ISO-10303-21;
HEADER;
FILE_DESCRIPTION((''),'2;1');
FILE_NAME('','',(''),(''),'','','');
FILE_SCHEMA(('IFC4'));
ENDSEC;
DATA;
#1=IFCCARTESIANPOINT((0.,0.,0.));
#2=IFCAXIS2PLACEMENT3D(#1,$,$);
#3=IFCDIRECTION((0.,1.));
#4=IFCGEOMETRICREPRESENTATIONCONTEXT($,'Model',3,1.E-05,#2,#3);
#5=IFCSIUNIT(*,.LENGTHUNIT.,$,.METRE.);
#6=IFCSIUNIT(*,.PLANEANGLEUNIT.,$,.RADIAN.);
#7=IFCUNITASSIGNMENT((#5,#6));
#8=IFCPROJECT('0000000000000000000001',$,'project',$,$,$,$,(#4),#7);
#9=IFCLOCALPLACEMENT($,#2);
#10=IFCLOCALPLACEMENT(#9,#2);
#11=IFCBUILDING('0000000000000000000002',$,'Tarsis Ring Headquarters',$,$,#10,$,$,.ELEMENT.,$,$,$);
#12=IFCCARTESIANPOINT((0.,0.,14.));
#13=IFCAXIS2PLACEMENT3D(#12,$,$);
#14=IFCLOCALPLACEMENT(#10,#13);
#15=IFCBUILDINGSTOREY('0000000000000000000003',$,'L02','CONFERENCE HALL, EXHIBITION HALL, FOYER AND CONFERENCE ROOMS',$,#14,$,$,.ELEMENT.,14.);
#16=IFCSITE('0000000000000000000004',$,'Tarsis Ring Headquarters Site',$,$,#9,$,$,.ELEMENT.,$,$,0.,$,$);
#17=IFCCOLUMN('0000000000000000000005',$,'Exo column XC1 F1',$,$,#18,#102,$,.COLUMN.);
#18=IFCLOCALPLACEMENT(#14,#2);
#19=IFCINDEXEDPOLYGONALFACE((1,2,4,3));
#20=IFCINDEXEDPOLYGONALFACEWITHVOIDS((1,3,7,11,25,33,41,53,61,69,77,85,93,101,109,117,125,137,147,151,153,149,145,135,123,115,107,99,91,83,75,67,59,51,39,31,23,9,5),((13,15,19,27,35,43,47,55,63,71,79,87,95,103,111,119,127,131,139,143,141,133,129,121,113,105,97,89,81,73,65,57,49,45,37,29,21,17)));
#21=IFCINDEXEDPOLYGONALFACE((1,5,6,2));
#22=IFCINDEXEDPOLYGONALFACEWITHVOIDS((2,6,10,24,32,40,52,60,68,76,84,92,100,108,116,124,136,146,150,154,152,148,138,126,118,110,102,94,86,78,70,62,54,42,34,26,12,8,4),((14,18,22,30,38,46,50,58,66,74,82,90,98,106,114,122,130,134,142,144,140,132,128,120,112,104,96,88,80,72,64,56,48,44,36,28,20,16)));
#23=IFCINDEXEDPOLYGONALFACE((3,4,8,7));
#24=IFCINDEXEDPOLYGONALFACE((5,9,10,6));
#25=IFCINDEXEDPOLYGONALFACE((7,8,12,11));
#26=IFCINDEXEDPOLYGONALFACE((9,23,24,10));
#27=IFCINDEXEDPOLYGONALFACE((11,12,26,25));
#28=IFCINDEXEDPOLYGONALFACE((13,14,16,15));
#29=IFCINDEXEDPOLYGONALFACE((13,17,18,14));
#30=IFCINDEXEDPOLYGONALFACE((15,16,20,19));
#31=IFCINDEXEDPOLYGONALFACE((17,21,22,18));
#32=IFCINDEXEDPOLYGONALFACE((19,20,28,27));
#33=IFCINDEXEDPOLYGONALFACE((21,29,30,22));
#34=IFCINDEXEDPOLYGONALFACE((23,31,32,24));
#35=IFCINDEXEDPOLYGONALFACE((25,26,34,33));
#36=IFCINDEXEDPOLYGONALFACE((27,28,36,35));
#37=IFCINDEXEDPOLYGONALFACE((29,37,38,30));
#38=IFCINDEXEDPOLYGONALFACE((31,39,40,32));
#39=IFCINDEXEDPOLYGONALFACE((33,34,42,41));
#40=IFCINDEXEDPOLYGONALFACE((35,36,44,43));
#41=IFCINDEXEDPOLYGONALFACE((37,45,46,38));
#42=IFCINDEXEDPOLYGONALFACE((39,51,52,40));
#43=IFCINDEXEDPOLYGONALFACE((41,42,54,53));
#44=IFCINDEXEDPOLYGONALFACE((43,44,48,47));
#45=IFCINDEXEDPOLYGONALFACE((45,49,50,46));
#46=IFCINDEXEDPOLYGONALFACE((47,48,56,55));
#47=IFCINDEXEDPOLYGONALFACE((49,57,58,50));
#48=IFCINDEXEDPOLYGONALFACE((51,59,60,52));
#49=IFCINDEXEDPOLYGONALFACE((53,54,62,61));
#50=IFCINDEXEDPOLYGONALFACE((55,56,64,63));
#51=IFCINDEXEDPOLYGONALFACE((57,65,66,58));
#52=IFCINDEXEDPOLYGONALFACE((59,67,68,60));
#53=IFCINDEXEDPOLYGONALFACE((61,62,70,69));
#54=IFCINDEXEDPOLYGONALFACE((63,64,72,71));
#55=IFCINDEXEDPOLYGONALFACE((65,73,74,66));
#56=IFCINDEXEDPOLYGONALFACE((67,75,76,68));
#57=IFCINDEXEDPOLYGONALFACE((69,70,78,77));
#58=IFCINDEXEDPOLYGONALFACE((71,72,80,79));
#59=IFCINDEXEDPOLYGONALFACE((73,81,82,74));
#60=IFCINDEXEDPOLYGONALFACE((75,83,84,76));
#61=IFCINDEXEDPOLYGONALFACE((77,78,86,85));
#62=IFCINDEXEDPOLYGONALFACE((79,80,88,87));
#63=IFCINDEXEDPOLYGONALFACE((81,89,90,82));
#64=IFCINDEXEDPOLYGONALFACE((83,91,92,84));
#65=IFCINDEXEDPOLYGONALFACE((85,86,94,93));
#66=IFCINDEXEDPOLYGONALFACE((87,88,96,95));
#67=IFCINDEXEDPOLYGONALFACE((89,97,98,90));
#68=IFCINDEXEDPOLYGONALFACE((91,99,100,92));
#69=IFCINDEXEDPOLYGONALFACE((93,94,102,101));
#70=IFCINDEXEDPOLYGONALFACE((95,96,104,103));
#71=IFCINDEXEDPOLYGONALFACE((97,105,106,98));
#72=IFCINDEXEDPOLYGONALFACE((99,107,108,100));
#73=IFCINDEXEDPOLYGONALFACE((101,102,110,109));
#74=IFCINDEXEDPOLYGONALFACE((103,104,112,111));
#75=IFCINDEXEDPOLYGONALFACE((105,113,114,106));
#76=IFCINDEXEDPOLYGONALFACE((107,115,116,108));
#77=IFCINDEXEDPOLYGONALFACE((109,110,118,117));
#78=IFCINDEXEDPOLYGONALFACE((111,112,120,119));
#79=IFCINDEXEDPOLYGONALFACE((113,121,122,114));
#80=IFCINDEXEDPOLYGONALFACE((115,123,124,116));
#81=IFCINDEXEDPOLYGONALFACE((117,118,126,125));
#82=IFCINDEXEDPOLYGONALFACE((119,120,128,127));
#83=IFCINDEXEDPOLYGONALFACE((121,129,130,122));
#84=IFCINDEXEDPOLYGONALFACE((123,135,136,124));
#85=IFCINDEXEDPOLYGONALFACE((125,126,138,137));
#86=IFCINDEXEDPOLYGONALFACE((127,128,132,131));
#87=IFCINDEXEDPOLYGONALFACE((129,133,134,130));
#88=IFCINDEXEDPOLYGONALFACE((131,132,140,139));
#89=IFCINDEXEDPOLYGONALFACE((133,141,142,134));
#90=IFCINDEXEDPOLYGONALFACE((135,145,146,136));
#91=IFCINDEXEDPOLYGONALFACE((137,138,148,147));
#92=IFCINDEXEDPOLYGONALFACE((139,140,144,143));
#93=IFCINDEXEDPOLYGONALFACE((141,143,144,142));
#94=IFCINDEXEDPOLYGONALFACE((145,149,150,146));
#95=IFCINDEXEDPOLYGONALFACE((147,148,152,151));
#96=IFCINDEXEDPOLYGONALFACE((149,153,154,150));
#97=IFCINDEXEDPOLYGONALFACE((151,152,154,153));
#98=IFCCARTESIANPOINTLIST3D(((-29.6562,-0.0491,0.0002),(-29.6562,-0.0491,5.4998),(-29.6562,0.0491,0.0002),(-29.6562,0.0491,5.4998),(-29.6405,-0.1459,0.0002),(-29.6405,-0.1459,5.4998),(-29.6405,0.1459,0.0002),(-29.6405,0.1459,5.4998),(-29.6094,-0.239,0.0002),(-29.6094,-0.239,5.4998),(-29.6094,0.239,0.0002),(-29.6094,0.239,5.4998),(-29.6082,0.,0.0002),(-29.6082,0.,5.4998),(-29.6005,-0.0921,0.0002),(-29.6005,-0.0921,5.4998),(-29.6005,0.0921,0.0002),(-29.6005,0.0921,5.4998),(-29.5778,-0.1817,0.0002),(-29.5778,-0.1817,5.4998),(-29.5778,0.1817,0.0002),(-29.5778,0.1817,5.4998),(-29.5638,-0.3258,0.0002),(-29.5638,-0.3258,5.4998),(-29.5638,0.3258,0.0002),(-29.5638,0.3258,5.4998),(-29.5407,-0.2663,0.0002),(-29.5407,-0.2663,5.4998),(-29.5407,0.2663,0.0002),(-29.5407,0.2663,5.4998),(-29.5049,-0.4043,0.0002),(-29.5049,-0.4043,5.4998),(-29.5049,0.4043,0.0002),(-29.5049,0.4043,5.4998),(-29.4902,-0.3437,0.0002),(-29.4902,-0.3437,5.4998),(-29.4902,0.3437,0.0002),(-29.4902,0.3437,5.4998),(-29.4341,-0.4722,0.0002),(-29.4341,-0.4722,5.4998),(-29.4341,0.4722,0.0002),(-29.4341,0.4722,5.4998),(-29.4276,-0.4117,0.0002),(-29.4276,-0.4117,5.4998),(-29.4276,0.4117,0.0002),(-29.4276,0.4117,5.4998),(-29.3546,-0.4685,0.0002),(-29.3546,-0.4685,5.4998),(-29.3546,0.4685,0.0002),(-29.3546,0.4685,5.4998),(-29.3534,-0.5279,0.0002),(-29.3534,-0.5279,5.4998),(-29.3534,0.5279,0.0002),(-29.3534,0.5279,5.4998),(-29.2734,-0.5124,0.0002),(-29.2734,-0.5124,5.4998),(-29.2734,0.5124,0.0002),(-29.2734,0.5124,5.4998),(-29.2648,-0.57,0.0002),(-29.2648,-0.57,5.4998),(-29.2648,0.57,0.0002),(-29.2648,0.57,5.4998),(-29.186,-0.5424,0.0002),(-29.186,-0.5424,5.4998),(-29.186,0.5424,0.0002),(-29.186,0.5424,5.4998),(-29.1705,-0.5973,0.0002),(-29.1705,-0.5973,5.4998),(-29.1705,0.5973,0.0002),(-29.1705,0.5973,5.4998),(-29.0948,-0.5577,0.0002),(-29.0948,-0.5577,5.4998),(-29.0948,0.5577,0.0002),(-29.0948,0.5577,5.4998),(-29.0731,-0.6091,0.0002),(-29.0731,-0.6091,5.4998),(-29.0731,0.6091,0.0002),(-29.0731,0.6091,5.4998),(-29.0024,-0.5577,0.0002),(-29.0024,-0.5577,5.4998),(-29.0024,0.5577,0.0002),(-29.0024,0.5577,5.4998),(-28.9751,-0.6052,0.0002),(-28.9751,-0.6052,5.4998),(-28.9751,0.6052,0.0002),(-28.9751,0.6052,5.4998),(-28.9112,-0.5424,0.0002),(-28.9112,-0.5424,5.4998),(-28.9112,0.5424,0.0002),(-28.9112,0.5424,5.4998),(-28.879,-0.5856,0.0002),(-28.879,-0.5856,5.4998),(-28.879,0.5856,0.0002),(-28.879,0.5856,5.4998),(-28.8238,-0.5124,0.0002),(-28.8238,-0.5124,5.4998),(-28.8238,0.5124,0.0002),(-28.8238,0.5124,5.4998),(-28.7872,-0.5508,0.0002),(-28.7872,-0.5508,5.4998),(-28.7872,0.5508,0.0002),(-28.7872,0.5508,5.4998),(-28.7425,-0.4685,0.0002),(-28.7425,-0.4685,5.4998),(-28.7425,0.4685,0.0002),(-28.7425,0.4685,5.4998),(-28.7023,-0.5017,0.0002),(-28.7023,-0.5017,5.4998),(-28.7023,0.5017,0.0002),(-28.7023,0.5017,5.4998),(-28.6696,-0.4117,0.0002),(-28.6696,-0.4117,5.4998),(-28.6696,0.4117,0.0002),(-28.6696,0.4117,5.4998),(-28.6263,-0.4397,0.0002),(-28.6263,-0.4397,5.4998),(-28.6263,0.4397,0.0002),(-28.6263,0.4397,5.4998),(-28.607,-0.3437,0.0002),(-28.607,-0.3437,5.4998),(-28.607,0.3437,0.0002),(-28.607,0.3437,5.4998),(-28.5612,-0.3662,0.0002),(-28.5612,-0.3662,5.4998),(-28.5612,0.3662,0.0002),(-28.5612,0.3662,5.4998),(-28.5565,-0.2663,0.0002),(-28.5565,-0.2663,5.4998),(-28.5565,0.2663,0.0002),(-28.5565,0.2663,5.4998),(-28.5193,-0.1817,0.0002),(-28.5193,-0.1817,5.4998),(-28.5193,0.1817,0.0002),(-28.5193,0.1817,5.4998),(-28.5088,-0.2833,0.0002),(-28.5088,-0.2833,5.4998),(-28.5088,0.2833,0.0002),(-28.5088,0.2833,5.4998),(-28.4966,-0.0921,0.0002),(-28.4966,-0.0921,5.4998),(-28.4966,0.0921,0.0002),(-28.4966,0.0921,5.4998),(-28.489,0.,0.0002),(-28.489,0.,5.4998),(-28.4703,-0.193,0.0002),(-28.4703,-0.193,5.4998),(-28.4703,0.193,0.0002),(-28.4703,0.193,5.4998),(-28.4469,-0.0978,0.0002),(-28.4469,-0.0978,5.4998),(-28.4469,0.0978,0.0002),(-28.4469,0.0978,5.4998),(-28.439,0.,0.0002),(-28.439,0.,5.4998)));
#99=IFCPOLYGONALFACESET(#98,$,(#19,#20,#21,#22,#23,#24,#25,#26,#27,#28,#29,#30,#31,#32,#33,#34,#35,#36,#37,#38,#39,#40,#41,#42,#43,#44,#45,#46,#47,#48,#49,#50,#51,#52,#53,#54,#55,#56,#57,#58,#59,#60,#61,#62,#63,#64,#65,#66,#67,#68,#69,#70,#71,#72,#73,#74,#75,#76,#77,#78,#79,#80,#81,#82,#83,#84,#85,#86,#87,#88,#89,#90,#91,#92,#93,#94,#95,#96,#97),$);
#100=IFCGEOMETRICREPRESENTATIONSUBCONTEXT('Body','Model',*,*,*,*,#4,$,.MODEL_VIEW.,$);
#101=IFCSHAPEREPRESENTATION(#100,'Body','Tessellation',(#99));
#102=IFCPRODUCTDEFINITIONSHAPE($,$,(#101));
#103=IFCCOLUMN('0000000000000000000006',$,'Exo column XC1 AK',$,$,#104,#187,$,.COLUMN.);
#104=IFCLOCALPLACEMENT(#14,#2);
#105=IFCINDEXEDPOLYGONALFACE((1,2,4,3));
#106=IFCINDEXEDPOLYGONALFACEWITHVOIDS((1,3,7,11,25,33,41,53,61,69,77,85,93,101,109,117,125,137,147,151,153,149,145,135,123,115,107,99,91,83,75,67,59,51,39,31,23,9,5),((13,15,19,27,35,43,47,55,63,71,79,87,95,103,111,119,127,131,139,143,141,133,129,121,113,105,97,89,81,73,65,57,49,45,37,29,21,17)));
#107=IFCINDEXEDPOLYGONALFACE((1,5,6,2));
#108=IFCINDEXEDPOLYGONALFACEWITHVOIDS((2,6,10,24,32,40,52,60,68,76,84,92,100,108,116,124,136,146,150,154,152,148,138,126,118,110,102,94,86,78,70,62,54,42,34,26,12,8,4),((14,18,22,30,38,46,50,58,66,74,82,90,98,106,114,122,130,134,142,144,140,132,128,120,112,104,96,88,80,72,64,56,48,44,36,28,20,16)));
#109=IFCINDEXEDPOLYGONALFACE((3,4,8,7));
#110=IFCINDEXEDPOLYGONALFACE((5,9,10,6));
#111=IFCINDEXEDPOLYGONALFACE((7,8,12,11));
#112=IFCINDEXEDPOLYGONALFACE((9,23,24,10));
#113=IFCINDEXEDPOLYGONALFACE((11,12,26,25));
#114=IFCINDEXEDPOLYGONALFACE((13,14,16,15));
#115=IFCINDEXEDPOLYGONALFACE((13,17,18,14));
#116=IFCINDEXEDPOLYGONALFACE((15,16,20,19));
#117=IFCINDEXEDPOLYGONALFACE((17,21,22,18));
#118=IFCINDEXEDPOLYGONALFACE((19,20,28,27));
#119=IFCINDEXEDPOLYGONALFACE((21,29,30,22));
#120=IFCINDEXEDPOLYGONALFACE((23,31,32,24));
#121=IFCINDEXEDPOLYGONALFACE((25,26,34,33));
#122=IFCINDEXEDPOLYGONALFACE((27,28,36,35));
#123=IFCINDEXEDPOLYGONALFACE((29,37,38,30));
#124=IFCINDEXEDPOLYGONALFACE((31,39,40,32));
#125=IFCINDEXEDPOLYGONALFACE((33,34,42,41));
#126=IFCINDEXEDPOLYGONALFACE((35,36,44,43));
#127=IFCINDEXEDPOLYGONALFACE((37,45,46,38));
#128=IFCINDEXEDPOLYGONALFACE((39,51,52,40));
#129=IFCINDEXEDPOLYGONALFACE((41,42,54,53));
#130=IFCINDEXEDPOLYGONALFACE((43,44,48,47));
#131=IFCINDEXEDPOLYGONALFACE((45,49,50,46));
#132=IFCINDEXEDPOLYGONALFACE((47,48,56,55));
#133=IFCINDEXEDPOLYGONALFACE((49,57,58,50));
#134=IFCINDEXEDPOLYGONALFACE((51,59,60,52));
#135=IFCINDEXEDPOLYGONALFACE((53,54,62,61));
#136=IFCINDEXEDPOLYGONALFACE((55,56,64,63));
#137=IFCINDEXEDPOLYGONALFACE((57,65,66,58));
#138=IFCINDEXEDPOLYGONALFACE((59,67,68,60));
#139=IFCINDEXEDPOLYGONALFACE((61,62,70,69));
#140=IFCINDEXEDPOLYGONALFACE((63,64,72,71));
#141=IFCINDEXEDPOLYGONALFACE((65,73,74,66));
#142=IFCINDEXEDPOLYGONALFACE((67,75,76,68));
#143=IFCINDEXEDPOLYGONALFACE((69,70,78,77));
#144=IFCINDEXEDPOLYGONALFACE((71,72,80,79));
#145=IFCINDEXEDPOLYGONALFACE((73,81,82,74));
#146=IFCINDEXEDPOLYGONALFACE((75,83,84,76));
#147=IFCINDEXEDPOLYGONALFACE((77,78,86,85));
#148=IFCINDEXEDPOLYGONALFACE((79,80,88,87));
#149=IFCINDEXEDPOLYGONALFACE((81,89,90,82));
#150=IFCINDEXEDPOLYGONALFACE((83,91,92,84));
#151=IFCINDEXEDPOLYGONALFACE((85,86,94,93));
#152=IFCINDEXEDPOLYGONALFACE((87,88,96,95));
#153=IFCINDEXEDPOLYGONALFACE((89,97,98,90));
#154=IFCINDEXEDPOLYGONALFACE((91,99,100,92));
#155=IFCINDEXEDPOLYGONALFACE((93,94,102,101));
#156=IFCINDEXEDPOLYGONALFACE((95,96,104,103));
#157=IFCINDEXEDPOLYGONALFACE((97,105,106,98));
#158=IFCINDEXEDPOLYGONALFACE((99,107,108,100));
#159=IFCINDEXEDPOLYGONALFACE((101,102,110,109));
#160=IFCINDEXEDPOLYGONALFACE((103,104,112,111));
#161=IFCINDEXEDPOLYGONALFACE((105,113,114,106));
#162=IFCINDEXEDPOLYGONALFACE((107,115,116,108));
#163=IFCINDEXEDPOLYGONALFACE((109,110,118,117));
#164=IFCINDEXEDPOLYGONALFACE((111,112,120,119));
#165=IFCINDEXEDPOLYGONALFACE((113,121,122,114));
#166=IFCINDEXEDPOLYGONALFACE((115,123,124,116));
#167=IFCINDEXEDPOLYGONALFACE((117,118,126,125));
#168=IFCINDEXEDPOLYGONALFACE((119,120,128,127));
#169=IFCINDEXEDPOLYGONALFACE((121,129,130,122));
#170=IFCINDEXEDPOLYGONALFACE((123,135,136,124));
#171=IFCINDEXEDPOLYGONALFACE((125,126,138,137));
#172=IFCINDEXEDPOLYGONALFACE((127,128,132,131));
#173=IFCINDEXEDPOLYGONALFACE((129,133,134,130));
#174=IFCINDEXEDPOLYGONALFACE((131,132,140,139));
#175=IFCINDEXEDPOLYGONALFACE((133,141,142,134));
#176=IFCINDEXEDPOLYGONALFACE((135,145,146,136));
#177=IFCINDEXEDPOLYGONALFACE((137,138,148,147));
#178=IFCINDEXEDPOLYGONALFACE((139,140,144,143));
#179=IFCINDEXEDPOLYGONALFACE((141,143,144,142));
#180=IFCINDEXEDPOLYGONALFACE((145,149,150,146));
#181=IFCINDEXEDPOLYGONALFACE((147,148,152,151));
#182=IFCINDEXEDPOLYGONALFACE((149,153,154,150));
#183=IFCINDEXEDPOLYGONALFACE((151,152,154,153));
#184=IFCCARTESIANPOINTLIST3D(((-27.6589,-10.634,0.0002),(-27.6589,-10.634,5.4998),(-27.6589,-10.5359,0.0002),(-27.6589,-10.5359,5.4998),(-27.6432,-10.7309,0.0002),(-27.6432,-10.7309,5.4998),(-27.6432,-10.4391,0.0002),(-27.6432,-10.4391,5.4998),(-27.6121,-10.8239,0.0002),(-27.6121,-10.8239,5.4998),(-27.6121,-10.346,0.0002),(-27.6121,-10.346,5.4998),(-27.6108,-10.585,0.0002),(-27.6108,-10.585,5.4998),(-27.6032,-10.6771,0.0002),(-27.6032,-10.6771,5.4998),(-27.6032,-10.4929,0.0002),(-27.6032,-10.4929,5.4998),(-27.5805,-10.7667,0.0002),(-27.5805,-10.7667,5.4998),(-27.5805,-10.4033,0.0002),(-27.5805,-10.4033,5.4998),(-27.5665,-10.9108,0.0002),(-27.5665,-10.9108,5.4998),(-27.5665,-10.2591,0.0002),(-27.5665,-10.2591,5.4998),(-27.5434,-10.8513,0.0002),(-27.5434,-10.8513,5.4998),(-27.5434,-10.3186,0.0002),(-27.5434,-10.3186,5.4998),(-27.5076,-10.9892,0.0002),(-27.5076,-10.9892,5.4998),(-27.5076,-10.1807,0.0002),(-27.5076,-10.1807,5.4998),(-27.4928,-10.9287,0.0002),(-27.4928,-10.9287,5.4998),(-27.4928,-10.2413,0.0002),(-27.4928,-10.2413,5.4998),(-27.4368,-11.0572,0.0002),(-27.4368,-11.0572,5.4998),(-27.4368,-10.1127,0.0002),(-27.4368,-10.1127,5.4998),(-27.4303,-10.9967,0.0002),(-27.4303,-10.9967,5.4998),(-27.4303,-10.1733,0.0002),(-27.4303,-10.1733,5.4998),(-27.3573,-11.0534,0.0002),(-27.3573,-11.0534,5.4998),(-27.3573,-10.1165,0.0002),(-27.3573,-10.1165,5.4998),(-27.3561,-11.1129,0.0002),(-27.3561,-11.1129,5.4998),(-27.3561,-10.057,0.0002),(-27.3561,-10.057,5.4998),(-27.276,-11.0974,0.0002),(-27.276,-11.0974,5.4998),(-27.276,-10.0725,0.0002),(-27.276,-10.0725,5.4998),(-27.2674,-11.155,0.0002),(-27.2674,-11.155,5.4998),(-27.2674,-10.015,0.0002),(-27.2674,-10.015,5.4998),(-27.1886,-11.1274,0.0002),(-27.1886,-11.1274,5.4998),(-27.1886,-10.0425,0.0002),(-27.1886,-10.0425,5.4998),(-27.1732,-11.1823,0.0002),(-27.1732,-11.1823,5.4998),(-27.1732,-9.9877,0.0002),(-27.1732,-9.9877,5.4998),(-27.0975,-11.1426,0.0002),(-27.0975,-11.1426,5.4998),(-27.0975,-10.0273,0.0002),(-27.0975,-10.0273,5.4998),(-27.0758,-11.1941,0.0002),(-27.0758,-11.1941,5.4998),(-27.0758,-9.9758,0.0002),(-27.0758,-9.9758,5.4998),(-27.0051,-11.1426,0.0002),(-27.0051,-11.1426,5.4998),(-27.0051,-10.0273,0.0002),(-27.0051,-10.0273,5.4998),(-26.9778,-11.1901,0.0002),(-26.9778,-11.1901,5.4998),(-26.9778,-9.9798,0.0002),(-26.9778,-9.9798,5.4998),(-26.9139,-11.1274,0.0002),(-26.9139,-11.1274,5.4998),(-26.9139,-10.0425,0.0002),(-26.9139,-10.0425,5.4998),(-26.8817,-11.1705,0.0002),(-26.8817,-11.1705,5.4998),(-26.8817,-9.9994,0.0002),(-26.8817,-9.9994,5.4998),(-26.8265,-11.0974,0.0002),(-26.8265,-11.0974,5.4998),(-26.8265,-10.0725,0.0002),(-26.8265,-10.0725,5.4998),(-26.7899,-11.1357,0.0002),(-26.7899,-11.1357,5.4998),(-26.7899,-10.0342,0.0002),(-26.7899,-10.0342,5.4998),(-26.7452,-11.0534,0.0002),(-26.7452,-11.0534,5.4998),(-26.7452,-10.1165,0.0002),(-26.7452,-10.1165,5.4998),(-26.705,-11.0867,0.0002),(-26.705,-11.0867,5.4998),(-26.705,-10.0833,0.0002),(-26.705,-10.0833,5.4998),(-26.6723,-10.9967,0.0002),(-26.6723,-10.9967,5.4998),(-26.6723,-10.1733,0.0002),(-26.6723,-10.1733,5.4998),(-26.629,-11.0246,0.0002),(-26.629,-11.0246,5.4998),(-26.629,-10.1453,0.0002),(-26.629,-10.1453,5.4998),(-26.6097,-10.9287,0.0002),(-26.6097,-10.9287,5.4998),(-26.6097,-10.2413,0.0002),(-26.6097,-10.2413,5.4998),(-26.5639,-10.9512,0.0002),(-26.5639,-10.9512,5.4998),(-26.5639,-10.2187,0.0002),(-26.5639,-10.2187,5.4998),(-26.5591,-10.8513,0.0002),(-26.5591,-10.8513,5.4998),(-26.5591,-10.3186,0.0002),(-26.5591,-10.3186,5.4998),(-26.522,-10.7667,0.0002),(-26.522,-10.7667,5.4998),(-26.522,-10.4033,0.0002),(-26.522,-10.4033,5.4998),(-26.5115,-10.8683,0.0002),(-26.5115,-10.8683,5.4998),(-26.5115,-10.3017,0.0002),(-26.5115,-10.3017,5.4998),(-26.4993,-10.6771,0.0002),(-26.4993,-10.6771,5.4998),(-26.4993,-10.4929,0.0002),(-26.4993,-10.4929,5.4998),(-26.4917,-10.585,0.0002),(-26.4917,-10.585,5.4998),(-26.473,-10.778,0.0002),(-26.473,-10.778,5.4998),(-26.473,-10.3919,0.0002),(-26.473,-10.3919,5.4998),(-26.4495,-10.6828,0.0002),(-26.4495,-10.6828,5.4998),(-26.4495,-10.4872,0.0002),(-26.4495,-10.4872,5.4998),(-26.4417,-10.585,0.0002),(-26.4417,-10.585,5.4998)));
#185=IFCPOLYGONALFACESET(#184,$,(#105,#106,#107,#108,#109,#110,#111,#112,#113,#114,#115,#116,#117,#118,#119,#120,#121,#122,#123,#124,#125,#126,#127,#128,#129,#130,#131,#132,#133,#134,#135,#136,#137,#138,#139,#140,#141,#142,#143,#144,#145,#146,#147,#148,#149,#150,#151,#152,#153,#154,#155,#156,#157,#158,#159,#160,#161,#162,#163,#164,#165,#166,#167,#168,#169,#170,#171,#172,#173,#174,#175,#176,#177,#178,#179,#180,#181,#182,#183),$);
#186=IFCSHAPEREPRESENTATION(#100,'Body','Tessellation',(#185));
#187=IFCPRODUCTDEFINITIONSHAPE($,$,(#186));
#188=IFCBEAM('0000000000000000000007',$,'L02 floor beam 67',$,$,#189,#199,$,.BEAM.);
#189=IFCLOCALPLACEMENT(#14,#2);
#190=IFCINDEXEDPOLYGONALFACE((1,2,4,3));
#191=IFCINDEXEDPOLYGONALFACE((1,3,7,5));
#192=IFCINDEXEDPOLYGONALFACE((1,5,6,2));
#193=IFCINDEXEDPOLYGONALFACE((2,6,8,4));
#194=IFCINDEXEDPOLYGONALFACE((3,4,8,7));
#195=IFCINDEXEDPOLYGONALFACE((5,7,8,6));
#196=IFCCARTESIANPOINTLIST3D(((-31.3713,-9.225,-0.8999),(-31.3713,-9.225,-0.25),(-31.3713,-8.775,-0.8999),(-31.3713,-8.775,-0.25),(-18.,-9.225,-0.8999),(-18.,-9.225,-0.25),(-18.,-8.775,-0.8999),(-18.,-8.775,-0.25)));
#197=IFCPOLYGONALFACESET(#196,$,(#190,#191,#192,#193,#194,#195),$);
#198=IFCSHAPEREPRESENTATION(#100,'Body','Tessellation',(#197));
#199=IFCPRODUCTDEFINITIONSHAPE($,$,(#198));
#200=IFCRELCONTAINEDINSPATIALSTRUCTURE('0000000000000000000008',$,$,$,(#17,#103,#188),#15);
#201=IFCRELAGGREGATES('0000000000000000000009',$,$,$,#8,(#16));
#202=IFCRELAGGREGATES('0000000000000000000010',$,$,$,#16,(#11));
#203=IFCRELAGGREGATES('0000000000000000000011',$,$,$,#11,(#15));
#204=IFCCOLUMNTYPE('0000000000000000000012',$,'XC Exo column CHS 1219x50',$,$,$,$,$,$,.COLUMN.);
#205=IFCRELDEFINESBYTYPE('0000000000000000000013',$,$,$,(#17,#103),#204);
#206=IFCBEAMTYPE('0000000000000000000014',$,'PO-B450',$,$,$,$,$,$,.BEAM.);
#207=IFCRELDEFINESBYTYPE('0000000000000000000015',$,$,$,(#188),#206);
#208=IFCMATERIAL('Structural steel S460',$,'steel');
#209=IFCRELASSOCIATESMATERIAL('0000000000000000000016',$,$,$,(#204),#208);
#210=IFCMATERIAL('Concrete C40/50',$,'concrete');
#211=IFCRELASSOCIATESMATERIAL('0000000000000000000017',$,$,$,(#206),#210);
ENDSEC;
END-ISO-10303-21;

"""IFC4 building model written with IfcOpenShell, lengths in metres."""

from ifc_helpers import new_model, si_unit, direction, frame, origin, origin_2d, place, context, subcontext, project, spatial, rectangle, hollow_circle, extrude, material, material_profile, profile_set, type_object, element, save


model = new_model("IFC4")

# Units and contexts
model_context = context("Model", 3, precision=1e-05, world=origin(), true_north=direction((0.0, 1.0)))
body_context = subcontext(model_context, "Body", "Model", "MODEL_VIEW")
ifc_project = project(units=[si_unit("LENGTHUNIT", "METRE"), si_unit("PLANEANGLEUNIT", "RADIAN")], contexts=[model_context])

# Site, building, storey
site_placement = place(None, origin())
site = spatial("IfcSite", under=ifc_project, at=site_placement, Name="Tarsis Ring Headquarters Site", CompositionType="ELEMENT", RefElevation=0.0)
building_placement = place(site_placement, origin())
building = spatial("IfcBuilding", under=site, at=building_placement, Name="Tarsis Ring Headquarters", CompositionType="ELEMENT")
storey_placement = place(building_placement, frame((0.0, 0.0, 14.0)))
storey = spatial("IfcBuildingStorey", under=building, at=storey_placement, Name="L02", Description="CONFERENCE HALL, EXHIBITION HALL, FOYER AND CONFERENCE ROOMS", CompositionType="ELEMENT", Elevation=14.0)

# Columns
ifc_material_1 = material(Name="Structural steel S460", Category="steel")
ifc_material_profile_1 = material_profile(ifc_material_1, hollow_circle(Radius=0.6096, WallThickness=0.05, at=origin_2d()), Name="CHS 1219x50")
ifc_profile_set_1 = profile_set([ifc_material_profile_1], Name="Structural steel S460")
column_type = type_object("IfcColumnType", Name="XC Exo column CHS 1219x50", PredefinedType="COLUMN", material=ifc_profile_set_1)
for number, where, z_axis, x_axis, name in (
    (1, (-29.0486, 0.0, 0.0002), (0.0, 0.0, 1.0), (1.0, 0.0, 0.0), "Exo column XC1 F1"),
    (2, (-27.0513, -10.585, 0.0002), (0.0, 0.0, 1.0), (1.0, 0.0, 0.0), "Exo column XC1 AK"),
):
    element("IfcColumn", number, at=place(storey_placement, frame(where, z_axis=z_axis, x_axis=x_axis)), inside=storey, type_object=column_type, Name=name, PredefinedType="COLUMN", context=body_context, shape_type="SweptSolid", body=[
        extrude(hollow_circle(Radius=0.6096, WallThickness=0.05, at=origin_2d()), origin(), (0.0, 0.0, 1.0), 5.4995),
    ])

# Beam
ifc_material_2 = material(Name="Concrete C40/50", Category="concrete")
ifc_material_profile_2 = material_profile(ifc_material_2, rectangle(XDim=0.45, YDim=0.6499, at=origin_2d()), Name="PO-B450")
ifc_profile_set_2 = profile_set([ifc_material_profile_2], Name="Concrete C40/50")
beam_type_1 = type_object("IfcBeamType", Name="PO-B450", PredefinedType="BEAM", material=ifc_profile_set_2)
beam_1_placement = place(storey_placement, frame((-31.3713, -9.0, -0.575), z_axis=(1.0, 0.0, 0.0), x_axis=(0.0, 1.0, 0.0)))
element("IfcBeam", 3, at=beam_1_placement, inside=storey, type_object=beam_type_1, Name="L02 floor beam 67", PredefinedType="BEAM", context=body_context, shape_type="SweptSolid", body=[
    extrude(rectangle(XDim=0.45, YDim=0.6499, at=origin_2d()), origin(), (0.0, 0.0, 1.0), 13.3713),
])

save(model, "model.ifc")
